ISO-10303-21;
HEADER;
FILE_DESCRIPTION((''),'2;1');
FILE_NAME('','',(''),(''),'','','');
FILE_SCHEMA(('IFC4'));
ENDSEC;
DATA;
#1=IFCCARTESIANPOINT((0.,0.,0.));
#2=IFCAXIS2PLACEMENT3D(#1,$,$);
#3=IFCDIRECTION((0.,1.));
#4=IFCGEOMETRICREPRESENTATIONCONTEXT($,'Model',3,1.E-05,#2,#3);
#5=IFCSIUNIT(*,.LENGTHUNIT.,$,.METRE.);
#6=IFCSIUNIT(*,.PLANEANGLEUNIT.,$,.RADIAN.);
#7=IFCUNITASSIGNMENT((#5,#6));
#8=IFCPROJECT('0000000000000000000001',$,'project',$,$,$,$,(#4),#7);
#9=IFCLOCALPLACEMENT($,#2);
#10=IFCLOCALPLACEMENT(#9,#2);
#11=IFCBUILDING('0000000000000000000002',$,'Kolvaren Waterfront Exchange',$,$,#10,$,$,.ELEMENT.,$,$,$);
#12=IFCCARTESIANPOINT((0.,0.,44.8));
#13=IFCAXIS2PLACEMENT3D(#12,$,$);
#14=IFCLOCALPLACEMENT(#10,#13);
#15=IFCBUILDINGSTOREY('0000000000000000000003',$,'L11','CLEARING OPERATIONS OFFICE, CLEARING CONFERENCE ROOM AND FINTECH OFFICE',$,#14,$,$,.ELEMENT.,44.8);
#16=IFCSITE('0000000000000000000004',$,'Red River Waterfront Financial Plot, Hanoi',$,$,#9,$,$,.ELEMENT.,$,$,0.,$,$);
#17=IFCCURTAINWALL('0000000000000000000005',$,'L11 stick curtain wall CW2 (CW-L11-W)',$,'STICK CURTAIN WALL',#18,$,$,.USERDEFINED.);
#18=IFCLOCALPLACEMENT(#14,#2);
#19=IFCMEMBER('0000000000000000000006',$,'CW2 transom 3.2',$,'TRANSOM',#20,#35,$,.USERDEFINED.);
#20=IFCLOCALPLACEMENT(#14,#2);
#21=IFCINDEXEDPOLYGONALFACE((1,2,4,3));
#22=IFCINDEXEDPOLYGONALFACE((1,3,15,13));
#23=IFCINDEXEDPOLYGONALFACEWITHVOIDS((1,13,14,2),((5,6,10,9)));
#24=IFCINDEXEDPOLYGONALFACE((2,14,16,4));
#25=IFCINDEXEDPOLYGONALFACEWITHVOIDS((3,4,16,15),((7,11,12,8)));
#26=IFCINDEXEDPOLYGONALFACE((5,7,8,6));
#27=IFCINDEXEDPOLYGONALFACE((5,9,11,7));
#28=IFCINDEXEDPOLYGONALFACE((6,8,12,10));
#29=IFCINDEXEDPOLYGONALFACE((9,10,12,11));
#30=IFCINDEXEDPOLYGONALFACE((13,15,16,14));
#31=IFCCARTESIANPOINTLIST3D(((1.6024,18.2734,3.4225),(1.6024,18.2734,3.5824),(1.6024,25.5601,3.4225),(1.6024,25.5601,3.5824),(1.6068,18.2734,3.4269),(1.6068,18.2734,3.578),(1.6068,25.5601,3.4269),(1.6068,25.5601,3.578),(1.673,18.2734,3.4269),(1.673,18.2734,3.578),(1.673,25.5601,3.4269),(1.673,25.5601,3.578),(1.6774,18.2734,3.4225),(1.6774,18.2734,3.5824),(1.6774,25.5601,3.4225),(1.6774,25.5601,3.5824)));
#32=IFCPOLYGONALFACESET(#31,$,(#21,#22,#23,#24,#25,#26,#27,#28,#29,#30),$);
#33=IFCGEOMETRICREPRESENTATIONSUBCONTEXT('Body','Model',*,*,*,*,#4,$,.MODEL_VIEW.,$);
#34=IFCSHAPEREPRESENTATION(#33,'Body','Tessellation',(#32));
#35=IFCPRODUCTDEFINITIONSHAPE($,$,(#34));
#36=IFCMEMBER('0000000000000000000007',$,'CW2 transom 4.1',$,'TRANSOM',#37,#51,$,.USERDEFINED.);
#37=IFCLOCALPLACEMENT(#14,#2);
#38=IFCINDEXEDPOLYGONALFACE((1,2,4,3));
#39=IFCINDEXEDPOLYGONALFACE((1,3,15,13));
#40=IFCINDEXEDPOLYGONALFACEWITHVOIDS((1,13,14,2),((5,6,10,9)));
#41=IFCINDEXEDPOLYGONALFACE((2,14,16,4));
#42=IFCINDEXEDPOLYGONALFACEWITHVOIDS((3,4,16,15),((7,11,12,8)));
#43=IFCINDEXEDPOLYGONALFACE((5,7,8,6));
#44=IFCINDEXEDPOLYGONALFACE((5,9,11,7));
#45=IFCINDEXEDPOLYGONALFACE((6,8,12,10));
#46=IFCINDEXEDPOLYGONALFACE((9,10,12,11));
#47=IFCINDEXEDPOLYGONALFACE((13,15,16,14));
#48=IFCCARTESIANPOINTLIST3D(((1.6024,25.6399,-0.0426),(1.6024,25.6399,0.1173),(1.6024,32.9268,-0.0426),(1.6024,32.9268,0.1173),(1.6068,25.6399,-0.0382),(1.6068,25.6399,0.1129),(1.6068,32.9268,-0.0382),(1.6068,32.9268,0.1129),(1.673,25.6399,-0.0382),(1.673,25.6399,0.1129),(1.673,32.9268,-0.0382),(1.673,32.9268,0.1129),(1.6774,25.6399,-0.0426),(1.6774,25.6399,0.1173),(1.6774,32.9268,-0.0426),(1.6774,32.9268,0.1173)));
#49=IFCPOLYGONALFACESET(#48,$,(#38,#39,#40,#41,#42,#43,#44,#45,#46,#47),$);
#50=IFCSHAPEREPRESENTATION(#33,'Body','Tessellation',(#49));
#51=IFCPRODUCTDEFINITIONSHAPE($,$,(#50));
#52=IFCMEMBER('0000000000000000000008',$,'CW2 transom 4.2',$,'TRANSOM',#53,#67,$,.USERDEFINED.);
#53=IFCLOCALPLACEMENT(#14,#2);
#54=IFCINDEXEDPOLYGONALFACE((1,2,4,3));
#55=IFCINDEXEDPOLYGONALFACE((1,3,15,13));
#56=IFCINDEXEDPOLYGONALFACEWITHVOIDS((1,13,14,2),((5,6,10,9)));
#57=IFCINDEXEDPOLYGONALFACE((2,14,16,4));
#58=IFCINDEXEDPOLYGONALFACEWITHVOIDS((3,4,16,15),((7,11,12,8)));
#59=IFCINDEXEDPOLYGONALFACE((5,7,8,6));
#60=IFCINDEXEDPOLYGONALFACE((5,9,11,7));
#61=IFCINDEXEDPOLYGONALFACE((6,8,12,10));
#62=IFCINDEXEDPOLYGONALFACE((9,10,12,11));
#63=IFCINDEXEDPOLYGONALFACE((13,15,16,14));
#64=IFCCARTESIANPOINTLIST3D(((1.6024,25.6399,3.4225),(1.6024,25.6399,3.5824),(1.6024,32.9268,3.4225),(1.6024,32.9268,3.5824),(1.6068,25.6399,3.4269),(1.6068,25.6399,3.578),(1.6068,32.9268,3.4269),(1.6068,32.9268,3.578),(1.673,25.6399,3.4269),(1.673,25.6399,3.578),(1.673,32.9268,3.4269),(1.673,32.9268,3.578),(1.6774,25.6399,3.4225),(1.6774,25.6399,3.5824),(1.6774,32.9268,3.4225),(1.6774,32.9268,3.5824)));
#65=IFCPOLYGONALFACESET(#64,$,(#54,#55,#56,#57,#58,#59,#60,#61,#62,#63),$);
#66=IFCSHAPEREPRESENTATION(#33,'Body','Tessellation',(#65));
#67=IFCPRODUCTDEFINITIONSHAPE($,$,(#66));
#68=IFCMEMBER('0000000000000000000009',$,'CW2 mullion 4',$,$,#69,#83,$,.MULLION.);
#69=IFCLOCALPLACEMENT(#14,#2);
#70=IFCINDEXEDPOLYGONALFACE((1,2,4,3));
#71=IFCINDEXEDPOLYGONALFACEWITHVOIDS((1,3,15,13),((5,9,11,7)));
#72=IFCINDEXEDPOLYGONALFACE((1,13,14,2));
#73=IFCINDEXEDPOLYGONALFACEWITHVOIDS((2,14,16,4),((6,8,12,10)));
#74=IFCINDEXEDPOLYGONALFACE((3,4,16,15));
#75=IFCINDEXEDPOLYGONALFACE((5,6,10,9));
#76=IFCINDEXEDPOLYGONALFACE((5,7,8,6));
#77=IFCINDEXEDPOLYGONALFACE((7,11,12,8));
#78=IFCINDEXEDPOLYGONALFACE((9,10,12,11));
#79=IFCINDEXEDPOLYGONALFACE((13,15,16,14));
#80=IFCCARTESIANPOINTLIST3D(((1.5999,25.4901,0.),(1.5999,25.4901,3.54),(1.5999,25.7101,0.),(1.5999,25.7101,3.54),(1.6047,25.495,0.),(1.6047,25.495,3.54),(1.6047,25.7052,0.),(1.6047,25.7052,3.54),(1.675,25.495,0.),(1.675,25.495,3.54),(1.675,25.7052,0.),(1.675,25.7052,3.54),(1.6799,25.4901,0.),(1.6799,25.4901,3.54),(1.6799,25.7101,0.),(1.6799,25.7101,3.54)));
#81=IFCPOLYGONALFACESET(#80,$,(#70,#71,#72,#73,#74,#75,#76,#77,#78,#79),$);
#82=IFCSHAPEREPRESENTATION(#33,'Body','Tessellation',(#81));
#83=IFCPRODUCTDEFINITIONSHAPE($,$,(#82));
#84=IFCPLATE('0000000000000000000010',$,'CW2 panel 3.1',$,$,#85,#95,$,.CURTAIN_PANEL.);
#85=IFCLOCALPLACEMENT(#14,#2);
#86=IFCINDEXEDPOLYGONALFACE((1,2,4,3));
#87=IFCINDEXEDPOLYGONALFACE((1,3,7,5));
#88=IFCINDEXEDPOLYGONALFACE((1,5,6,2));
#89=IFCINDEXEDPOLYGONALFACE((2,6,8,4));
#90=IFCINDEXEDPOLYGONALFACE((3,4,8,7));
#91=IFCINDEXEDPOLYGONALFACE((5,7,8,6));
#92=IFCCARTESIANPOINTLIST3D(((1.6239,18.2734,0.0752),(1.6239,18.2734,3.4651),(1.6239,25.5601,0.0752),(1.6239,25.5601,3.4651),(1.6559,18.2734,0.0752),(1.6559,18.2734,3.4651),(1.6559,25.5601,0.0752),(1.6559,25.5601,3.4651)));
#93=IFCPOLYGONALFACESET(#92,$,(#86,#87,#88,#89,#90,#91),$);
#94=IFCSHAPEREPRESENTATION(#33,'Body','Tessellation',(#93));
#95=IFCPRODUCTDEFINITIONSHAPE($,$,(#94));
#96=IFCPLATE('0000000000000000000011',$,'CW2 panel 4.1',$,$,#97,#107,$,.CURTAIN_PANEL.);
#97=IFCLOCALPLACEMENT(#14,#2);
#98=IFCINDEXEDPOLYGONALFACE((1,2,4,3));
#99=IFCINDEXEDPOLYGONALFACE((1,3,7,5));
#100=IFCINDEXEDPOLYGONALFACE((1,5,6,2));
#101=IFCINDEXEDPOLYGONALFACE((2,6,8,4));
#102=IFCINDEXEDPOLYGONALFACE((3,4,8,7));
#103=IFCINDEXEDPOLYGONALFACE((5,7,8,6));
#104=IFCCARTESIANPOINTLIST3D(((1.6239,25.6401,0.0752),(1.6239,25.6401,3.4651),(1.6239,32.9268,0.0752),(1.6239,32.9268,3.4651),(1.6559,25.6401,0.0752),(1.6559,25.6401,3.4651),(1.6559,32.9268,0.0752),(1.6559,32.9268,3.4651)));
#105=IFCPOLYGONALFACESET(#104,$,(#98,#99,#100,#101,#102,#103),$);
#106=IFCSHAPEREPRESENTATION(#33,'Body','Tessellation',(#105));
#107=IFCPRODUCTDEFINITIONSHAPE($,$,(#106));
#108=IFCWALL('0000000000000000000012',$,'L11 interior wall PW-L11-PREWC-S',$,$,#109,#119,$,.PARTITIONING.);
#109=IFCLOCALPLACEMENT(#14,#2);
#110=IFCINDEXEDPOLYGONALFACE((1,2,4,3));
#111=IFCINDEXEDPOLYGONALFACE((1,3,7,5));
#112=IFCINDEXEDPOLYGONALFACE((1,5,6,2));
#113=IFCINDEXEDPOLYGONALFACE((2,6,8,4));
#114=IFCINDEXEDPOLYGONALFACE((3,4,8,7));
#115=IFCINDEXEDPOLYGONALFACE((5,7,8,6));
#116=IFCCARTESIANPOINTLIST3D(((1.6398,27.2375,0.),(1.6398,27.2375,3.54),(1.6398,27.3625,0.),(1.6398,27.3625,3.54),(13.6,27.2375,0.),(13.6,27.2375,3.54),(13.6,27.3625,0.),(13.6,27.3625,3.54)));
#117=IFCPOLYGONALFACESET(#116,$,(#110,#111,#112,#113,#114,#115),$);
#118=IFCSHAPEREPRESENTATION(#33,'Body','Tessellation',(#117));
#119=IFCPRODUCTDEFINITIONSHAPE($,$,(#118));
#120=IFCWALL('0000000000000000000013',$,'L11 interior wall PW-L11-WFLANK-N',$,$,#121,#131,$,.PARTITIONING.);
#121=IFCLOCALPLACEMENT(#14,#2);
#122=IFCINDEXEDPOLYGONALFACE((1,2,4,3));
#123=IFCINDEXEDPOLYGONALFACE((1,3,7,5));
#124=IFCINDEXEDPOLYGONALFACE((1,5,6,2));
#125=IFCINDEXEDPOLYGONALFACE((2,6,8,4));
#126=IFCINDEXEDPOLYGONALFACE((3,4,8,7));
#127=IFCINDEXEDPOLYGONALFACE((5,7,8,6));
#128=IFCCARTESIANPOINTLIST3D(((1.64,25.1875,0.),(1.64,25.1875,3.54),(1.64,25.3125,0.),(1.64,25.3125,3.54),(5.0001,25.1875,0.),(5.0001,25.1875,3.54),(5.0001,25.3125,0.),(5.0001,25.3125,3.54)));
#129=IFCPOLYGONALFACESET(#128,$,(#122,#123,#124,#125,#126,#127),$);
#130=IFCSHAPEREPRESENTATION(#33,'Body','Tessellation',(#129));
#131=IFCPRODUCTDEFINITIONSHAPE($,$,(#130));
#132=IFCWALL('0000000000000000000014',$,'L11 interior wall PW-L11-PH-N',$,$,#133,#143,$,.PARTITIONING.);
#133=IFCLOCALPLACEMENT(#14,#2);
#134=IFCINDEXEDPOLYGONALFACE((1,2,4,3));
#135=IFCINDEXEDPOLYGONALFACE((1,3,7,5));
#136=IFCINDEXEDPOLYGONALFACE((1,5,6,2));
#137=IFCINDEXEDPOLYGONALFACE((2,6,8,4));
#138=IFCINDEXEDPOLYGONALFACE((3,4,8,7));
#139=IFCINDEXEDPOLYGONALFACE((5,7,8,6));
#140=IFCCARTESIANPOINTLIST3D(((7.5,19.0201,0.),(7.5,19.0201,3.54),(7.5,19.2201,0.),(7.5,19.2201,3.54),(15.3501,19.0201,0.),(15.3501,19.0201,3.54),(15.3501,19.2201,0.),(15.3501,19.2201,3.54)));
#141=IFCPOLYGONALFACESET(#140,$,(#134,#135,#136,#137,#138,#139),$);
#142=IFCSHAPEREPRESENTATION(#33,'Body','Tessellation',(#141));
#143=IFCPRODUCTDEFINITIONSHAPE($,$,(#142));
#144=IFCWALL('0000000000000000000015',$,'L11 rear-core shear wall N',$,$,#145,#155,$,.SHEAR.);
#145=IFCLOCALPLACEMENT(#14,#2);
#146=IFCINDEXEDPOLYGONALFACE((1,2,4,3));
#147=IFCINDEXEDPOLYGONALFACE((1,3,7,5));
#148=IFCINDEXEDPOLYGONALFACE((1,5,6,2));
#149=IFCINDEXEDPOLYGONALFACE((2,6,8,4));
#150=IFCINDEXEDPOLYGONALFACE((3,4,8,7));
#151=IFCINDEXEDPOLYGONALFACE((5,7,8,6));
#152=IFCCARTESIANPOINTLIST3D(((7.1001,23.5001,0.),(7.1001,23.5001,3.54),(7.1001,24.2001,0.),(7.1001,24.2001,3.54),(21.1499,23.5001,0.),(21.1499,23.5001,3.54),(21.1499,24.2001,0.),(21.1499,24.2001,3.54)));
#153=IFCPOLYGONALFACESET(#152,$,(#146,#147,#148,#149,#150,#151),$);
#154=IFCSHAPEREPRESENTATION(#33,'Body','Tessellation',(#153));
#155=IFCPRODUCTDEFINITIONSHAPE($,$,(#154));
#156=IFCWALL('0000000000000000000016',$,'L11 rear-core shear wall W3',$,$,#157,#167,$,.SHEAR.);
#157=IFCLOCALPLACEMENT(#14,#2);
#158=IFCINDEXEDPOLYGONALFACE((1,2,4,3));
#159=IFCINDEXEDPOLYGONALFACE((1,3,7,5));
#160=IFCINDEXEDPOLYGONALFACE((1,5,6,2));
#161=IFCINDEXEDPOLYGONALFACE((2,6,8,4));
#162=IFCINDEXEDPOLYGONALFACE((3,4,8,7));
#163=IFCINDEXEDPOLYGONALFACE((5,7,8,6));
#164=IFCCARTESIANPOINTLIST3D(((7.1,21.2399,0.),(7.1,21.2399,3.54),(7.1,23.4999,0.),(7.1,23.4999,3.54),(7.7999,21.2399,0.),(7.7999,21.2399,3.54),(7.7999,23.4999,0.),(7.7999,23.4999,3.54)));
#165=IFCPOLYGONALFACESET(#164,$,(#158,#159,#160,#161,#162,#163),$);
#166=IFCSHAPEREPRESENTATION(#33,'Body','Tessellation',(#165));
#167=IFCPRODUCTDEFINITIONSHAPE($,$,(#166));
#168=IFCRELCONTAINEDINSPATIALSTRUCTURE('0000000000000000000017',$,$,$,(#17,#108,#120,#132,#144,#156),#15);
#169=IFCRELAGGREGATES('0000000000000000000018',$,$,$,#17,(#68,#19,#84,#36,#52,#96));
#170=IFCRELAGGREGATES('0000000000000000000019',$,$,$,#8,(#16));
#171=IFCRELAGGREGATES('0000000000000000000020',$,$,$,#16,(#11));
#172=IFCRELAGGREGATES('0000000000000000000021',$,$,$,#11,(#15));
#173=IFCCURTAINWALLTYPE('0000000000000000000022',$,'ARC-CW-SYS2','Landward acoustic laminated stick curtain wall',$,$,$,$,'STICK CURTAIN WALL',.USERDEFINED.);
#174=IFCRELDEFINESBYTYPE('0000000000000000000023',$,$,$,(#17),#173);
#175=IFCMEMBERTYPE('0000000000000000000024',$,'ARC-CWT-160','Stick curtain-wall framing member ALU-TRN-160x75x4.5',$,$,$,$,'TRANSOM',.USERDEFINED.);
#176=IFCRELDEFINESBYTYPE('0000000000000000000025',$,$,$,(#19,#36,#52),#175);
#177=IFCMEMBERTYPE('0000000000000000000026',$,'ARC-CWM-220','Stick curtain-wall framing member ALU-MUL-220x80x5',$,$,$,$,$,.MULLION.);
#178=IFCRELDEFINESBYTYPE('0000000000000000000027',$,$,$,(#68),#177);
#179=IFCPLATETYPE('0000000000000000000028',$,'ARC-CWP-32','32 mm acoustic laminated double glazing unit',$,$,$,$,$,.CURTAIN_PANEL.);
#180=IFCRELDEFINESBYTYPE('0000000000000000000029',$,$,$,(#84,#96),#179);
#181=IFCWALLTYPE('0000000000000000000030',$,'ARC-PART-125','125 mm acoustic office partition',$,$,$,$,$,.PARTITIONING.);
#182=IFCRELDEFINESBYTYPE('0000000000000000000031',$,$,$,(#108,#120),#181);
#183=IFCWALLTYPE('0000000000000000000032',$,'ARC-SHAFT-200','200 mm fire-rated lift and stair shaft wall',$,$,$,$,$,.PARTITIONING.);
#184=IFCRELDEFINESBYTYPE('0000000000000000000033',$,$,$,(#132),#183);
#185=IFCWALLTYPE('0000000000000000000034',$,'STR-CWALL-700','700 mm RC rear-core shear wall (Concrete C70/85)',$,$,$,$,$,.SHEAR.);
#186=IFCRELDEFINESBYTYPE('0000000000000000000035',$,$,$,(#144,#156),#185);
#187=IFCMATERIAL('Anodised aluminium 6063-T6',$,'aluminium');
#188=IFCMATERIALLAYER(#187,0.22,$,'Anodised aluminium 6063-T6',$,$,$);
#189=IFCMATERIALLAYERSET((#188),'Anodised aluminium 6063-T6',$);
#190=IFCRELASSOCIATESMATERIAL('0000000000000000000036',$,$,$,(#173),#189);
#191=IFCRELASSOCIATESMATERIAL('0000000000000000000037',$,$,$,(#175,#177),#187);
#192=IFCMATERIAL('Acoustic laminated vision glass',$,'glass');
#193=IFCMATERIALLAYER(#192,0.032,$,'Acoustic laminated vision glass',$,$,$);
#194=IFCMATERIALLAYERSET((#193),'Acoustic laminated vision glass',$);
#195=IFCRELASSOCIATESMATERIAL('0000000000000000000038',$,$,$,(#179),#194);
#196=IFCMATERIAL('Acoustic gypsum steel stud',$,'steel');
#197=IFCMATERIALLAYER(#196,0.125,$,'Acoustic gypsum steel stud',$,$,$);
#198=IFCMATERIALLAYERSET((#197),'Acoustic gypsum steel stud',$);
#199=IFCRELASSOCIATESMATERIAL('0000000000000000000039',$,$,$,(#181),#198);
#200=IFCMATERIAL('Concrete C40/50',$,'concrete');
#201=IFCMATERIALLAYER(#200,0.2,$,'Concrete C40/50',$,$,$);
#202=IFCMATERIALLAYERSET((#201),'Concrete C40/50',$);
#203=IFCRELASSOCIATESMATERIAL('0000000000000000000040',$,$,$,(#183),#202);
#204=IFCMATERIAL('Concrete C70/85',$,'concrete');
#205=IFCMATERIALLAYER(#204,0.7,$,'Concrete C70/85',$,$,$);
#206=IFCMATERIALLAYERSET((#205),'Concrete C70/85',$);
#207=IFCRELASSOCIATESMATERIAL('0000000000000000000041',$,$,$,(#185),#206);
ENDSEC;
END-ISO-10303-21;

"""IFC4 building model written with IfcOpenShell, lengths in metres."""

from ifc_helpers import new_model, si_unit, direction, frame, frame_2d, origin, origin_with_axes, origin_2d, place, context, subcontext, project, spatial, rectangle, hollow_rectangle, extrude, source, transform, mapped, material, layer, layer_set, material_profile, profile_set, type_object, element, aggregate, save


model = new_model("IFC4")

# Units and contexts
model_context = context("Model", 3, precision=1e-05, world=origin(), true_north=direction((0.0, 1.0)))
body_context = subcontext(model_context, "Body", "Model", "MODEL_VIEW")
ifc_project = project(units=[si_unit("LENGTHUNIT", "METRE"), si_unit("PLANEANGLEUNIT", "RADIAN")], contexts=[model_context])

# Site, building, storey
site_placement = place(None, origin())
site = spatial("IfcSite", under=ifc_project, at=site_placement, Name="Red River Waterfront Financial Plot, Hanoi", CompositionType="ELEMENT", RefElevation=0.0)
building_placement = place(site_placement, origin())
building = spatial("IfcBuilding", under=site, at=building_placement, Name="Kolvaren Waterfront Exchange", CompositionType="ELEMENT")
storey_placement = place(building_placement, frame((0.0, 0.0, 44.8)))
storey = spatial("IfcBuildingStorey", under=building, at=storey_placement, Name="L11", Description="CLEARING OPERATIONS OFFICE, CLEARING CONFERENCE ROOM AND FINTECH OFFICE", CompositionType="ELEMENT", Elevation=44.8)

# Shared definitions
ifc_material_1 = material(Name="Concrete C70/85", Category="concrete")

# Curtain wall, members, plates
ifc_material_2 = material(Name="Anodised aluminium 6063-T6", Category="aluminium")
ifc_layer_1 = layer(ifc_material_2, 0.22, Name="Anodised aluminium 6063-T6")
ifc_layer_set_1 = layer_set([ifc_layer_1], Name="Anodised aluminium 6063-T6")
curtain_wall_type = type_object("IfcCurtainWallType", Name="ARC-CW-SYS2", Description="Landward acoustic laminated stick curtain wall", ElementType="STICK CURTAIN WALL", PredefinedType="USERDEFINED", material=ifc_layer_set_1)
curtain_wall_placement = place(storey_placement, origin())
curtain_wall = element("IfcCurtainWall", 1, at=curtain_wall_placement, inside=storey, type_object=curtain_wall_type, Name="L11 stick curtain wall CW2 (CW-L11-W)", ObjectType="STICK CURTAIN WALL", PredefinedType="USERDEFINED")
ifc_material_profile_1 = material_profile(ifc_material_2, hollow_rectangle(XDim=0.075, YDim=0.1599, WallThickness=0.0044, at=origin_2d()), Name="ALU-TRN-160x75x4.5")
ifc_profile_set_1 = profile_set([ifc_material_profile_1], Name="Anodised aluminium 6063-T6")
member_type_1 = type_object("IfcMemberType", Name="ARC-CWT-160", Description="Stick curtain-wall framing member ALU-TRN-160x75x4.5", ElementType="TRANSOM", PredefinedType="USERDEFINED", material=ifc_profile_set_1)
shared_shape_1 = source(origin_with_axes(), body_context, "Body", "SweptSolid", [
    extrude(hollow_rectangle(XDim=0.075, YDim=0.1599, WallThickness=0.0044, at=origin_2d()), origin(), (0.0, 0.0, 1.0), 7.2866),
])
member_1_placement = place(storey_placement, frame((1.6399, 18.2734, 3.5024), z_axis=(0.0, 1.0, 0.0), x_axis=(-1.0, 0.0, 0.0)))
member_1 = element("IfcMember", 2, at=member_1_placement, type_object=member_type_1, Name="CW2 transom 3.2", ObjectType="TRANSOM", PredefinedType="USERDEFINED", context=body_context, shape_type="MappedRepresentation", body=[
    mapped(shared_shape_1, transform((0.0, 0.0, 0.0), x_axis=(1.0, 0.0, 0.0), y_axis=(0.0, 1.0, 0.0), z_axis=(0.0, 0.0, 1.0), scale=1.0)),
])
shared_shape_2 = source(origin_with_axes(), body_context, "Body", "SweptSolid", [
    extrude(hollow_rectangle(XDim=0.075, YDim=0.1599, WallThickness=0.0044, at=origin_2d()), origin(), (0.0, 0.0, 1.0), 7.2869),
])
member_2_placement = place(storey_placement, frame((1.6399, 25.6399, 0.0374), z_axis=(0.0, 1.0, 0.0), x_axis=(-1.0, 0.0, 0.0)))
member_2 = element("IfcMember", 3, at=member_2_placement, type_object=member_type_1, Name="CW2 transom 4.1", ObjectType="TRANSOM", PredefinedType="USERDEFINED", context=body_context, shape_type="MappedRepresentation", body=[
    mapped(shared_shape_2, transform((0.0, 0.0, 0.0), x_axis=(1.0, 0.0, 0.0), y_axis=(0.0, 1.0, 0.0), z_axis=(0.0, 0.0, 1.0), scale=1.0)),
])
member_3_placement = place(storey_placement, frame((1.6399, 25.6399, 3.5024), z_axis=(0.0, 1.0, 0.0), x_axis=(-1.0, 0.0, 0.0)))
member_3 = element("IfcMember", 4, at=member_3_placement, type_object=member_type_1, Name="CW2 transom 4.2", ObjectType="TRANSOM", PredefinedType="USERDEFINED", context=body_context, shape_type="MappedRepresentation", body=[
    mapped(shared_shape_2, transform((0.0, 0.0, 0.0), x_axis=(1.0, 0.0, 0.0), y_axis=(0.0, 1.0, 0.0), z_axis=(0.0, 0.0, 1.0), scale=1.0)),
])
ifc_material_profile_2 = material_profile(ifc_material_2, hollow_rectangle(XDim=0.0801, YDim=0.22, WallThickness=0.0049, at=origin_2d()), Name="ALU-MUL-220x80x5")
ifc_profile_set_2 = profile_set([ifc_material_profile_2], Name="Anodised aluminium 6063-T6")
member_type_2 = type_object("IfcMemberType", Name="ARC-CWM-220", Description="Stick curtain-wall framing member ALU-MUL-220x80x5", PredefinedType="MULLION", material=ifc_profile_set_2)
shared_shape_3 = source(origin_with_axes(), body_context, "Body", "SweptSolid", [
    extrude(hollow_rectangle(XDim=0.0801, YDim=0.22, WallThickness=0.0049, at=origin_2d()), origin(), (0.0, 0.0, 1.0), 3.54),
])
member_4_placement = place(storey_placement, frame((1.6399, 25.6001, 0.0), z_axis=(0.0, 0.0, 1.0), x_axis=(-1.0, 0.0, 0.0)))
member_4 = element("IfcMember", 5, at=member_4_placement, type_object=member_type_2, Name="CW2 mullion 4", PredefinedType="MULLION", context=body_context, shape_type="MappedRepresentation", body=[
    mapped(shared_shape_3, transform((0.0, 0.0, 0.0), x_axis=(1.0, 0.0, 0.0), y_axis=(0.0, 1.0, 0.0), z_axis=(0.0, 0.0, 1.0), scale=1.0)),
])
ifc_material_3 = material(Name="Acoustic laminated vision glass", Category="glass")
ifc_layer_2 = layer(ifc_material_3, 0.032, Name="Acoustic laminated vision glass")
ifc_layer_set_2 = layer_set([ifc_layer_2], Name="Acoustic laminated vision glass")
plate_type = type_object("IfcPlateType", Name="ARC-CWP-32", Description="32 mm acoustic laminated double glazing unit", PredefinedType="CURTAIN_PANEL", material=ifc_layer_set_2)
shared_shape_4 = source(origin_with_axes(), body_context, "Body", "SweptSolid", [
    extrude(rectangle(XDim=7.2866, YDim=0.032, at=origin_2d()), origin(), (0.0, 0.0, 1.0), 3.3899),
])
plate_1_placement = place(storey_placement, frame((1.6399, 21.9167, 0.0752), z_axis=(0.0, 0.0, 1.0), x_axis=(0.0, 1.0, 0.0)))
plate_1 = element("IfcPlate", 6, at=plate_1_placement, type_object=plate_type, Name="CW2 panel 3.1", PredefinedType="CURTAIN_PANEL", context=body_context, shape_type="MappedRepresentation", body=[
    mapped(shared_shape_4, transform((0.0, 0.0, 0.0), x_axis=(1.0, 0.0, 0.0), y_axis=(0.0, 1.0, 0.0), z_axis=(0.0, 0.0, 1.0), scale=1.0)),
])
plate_2_placement = place(storey_placement, frame((1.6399, 29.2834, 0.0752), z_axis=(0.0, 0.0, 1.0), x_axis=(0.0, 1.0, 0.0)))
plate_2 = element("IfcPlate", 7, at=plate_2_placement, type_object=plate_type, Name="CW2 panel 4.1", PredefinedType="CURTAIN_PANEL", context=body_context, shape_type="MappedRepresentation", body=[
    mapped(shared_shape_4, transform((0.0, 0.0, 0.0), x_axis=(1.0, 0.0, 0.0), y_axis=(0.0, 1.0, 0.0), z_axis=(0.0, 0.0, 1.0), scale=1.0)),
])
aggregate(curtain_wall, [member_4, member_1, plate_1, member_2, member_3, plate_2])

# Walls
ifc_material_4 = material(Name="Acoustic gypsum steel stud", Category="steel")
ifc_layer_3 = layer(ifc_material_4, 0.125, Name="Acoustic gypsum steel stud")
ifc_layer_set_3 = layer_set([ifc_layer_3], Name="Acoustic gypsum steel stud")
wall_type_1 = type_object("IfcWallType", Name="ARC-PART-125", Description="125 mm acoustic office partition", PredefinedType="PARTITIONING", material=ifc_layer_set_3)
wall_1_placement = place(storey_placement, frame((1.6399, 27.3, 0.0), z_axis=(0.0, 0.0, 1.0), x_axis=(1.0, 0.0, 0.0)))
element("IfcWall", 8, at=wall_1_placement, inside=storey, type_object=wall_type_1, Name="L11 interior wall PW-L11-PREWC-S", PredefinedType="PARTITIONING", context=body_context, shape_type="SweptSolid", body=[
    extrude(rectangle(XDim=11.9602, YDim=0.125, at=frame_2d((5.98, 0.0))), origin(), (0.0, 0.0, 1.0), 3.54),
])
wall_2_placement = place(storey_placement, frame((1.6399, 25.25, 0.0), z_axis=(0.0, 0.0, 1.0), x_axis=(1.0, 0.0, 0.0)))
element("IfcWall", 9, at=wall_2_placement, inside=storey, type_object=wall_type_1, Name="L11 interior wall PW-L11-WFLANK-N", PredefinedType="PARTITIONING", context=body_context, shape_type="SweptSolid", body=[
    extrude(rectangle(XDim=3.3601, YDim=0.125, at=frame_2d((1.6802, 0.0))), origin(), (0.0, 0.0, 1.0), 3.54),
])
ifc_material_5 = material(Name="Concrete C40/50", Category="concrete")
ifc_layer_4 = layer(ifc_material_5, 0.2, Name="Concrete C40/50")
ifc_layer_set_4 = layer_set([ifc_layer_4], Name="Concrete C40/50")
wall_type_2 = type_object("IfcWallType", Name="ARC-SHAFT-200", Description="200 mm fire-rated lift and stair shaft wall", PredefinedType="PARTITIONING", material=ifc_layer_set_4)
wall_3_placement = place(storey_placement, frame((7.5, 19.1201, 0.0), z_axis=(0.0, 0.0, 1.0), x_axis=(1.0, 0.0, 0.0)))
element("IfcWall", 10, at=wall_3_placement, inside=storey, type_object=wall_type_2, Name="L11 interior wall PW-L11-PH-N", PredefinedType="PARTITIONING", context=body_context, shape_type="SweptSolid", body=[
    extrude(rectangle(XDim=7.8501, YDim=0.2, at=frame_2d((3.925, 0.0))), origin(), (0.0, 0.0, 1.0), 3.54),
])
ifc_layer_5 = layer(ifc_material_1, 0.7, Name="Concrete C70/85")
ifc_layer_set_5 = layer_set([ifc_layer_5], Name="Concrete C70/85")
wall_type_3 = type_object("IfcWallType", Name="STR-CWALL-700", Description="700 mm RC rear-core shear wall (Concrete C70/85)", PredefinedType="SHEAR", material=ifc_layer_set_5)
wall_4_placement = place(storey_placement, frame((7.1001, 23.8501, 0.0), z_axis=(0.0, 0.0, 1.0), x_axis=(1.0, 0.0, 0.0)))
element("IfcWall", 11, at=wall_4_placement, inside=storey, type_object=wall_type_3, Name="L11 rear-core shear wall N", PredefinedType="SHEAR", context=body_context, shape_type="SweptSolid", body=[
    extrude(rectangle(XDim=14.0498, YDim=0.7, at=frame_2d((7.0249, 0.0))), origin(), (0.0, 0.0, 1.0), 3.54),
])
wall_5_placement = place(storey_placement, frame((7.45, 21.24, 0.0), z_axis=(0.0, 0.0, 1.0), x_axis=(0.0, 1.0, 0.0)))
element("IfcWall", 12, at=wall_5_placement, inside=storey, type_object=wall_type_3, Name="L11 rear-core shear wall W3", PredefinedType="SHEAR", context=body_context, shape_type="SweptSolid", body=[
    extrude(rectangle(XDim=2.26, YDim=0.7, at=frame_2d((1.1299, 0.0))), origin(), (0.0, 0.0, 1.0), 3.54),
])

save(model, "model.ifc")
